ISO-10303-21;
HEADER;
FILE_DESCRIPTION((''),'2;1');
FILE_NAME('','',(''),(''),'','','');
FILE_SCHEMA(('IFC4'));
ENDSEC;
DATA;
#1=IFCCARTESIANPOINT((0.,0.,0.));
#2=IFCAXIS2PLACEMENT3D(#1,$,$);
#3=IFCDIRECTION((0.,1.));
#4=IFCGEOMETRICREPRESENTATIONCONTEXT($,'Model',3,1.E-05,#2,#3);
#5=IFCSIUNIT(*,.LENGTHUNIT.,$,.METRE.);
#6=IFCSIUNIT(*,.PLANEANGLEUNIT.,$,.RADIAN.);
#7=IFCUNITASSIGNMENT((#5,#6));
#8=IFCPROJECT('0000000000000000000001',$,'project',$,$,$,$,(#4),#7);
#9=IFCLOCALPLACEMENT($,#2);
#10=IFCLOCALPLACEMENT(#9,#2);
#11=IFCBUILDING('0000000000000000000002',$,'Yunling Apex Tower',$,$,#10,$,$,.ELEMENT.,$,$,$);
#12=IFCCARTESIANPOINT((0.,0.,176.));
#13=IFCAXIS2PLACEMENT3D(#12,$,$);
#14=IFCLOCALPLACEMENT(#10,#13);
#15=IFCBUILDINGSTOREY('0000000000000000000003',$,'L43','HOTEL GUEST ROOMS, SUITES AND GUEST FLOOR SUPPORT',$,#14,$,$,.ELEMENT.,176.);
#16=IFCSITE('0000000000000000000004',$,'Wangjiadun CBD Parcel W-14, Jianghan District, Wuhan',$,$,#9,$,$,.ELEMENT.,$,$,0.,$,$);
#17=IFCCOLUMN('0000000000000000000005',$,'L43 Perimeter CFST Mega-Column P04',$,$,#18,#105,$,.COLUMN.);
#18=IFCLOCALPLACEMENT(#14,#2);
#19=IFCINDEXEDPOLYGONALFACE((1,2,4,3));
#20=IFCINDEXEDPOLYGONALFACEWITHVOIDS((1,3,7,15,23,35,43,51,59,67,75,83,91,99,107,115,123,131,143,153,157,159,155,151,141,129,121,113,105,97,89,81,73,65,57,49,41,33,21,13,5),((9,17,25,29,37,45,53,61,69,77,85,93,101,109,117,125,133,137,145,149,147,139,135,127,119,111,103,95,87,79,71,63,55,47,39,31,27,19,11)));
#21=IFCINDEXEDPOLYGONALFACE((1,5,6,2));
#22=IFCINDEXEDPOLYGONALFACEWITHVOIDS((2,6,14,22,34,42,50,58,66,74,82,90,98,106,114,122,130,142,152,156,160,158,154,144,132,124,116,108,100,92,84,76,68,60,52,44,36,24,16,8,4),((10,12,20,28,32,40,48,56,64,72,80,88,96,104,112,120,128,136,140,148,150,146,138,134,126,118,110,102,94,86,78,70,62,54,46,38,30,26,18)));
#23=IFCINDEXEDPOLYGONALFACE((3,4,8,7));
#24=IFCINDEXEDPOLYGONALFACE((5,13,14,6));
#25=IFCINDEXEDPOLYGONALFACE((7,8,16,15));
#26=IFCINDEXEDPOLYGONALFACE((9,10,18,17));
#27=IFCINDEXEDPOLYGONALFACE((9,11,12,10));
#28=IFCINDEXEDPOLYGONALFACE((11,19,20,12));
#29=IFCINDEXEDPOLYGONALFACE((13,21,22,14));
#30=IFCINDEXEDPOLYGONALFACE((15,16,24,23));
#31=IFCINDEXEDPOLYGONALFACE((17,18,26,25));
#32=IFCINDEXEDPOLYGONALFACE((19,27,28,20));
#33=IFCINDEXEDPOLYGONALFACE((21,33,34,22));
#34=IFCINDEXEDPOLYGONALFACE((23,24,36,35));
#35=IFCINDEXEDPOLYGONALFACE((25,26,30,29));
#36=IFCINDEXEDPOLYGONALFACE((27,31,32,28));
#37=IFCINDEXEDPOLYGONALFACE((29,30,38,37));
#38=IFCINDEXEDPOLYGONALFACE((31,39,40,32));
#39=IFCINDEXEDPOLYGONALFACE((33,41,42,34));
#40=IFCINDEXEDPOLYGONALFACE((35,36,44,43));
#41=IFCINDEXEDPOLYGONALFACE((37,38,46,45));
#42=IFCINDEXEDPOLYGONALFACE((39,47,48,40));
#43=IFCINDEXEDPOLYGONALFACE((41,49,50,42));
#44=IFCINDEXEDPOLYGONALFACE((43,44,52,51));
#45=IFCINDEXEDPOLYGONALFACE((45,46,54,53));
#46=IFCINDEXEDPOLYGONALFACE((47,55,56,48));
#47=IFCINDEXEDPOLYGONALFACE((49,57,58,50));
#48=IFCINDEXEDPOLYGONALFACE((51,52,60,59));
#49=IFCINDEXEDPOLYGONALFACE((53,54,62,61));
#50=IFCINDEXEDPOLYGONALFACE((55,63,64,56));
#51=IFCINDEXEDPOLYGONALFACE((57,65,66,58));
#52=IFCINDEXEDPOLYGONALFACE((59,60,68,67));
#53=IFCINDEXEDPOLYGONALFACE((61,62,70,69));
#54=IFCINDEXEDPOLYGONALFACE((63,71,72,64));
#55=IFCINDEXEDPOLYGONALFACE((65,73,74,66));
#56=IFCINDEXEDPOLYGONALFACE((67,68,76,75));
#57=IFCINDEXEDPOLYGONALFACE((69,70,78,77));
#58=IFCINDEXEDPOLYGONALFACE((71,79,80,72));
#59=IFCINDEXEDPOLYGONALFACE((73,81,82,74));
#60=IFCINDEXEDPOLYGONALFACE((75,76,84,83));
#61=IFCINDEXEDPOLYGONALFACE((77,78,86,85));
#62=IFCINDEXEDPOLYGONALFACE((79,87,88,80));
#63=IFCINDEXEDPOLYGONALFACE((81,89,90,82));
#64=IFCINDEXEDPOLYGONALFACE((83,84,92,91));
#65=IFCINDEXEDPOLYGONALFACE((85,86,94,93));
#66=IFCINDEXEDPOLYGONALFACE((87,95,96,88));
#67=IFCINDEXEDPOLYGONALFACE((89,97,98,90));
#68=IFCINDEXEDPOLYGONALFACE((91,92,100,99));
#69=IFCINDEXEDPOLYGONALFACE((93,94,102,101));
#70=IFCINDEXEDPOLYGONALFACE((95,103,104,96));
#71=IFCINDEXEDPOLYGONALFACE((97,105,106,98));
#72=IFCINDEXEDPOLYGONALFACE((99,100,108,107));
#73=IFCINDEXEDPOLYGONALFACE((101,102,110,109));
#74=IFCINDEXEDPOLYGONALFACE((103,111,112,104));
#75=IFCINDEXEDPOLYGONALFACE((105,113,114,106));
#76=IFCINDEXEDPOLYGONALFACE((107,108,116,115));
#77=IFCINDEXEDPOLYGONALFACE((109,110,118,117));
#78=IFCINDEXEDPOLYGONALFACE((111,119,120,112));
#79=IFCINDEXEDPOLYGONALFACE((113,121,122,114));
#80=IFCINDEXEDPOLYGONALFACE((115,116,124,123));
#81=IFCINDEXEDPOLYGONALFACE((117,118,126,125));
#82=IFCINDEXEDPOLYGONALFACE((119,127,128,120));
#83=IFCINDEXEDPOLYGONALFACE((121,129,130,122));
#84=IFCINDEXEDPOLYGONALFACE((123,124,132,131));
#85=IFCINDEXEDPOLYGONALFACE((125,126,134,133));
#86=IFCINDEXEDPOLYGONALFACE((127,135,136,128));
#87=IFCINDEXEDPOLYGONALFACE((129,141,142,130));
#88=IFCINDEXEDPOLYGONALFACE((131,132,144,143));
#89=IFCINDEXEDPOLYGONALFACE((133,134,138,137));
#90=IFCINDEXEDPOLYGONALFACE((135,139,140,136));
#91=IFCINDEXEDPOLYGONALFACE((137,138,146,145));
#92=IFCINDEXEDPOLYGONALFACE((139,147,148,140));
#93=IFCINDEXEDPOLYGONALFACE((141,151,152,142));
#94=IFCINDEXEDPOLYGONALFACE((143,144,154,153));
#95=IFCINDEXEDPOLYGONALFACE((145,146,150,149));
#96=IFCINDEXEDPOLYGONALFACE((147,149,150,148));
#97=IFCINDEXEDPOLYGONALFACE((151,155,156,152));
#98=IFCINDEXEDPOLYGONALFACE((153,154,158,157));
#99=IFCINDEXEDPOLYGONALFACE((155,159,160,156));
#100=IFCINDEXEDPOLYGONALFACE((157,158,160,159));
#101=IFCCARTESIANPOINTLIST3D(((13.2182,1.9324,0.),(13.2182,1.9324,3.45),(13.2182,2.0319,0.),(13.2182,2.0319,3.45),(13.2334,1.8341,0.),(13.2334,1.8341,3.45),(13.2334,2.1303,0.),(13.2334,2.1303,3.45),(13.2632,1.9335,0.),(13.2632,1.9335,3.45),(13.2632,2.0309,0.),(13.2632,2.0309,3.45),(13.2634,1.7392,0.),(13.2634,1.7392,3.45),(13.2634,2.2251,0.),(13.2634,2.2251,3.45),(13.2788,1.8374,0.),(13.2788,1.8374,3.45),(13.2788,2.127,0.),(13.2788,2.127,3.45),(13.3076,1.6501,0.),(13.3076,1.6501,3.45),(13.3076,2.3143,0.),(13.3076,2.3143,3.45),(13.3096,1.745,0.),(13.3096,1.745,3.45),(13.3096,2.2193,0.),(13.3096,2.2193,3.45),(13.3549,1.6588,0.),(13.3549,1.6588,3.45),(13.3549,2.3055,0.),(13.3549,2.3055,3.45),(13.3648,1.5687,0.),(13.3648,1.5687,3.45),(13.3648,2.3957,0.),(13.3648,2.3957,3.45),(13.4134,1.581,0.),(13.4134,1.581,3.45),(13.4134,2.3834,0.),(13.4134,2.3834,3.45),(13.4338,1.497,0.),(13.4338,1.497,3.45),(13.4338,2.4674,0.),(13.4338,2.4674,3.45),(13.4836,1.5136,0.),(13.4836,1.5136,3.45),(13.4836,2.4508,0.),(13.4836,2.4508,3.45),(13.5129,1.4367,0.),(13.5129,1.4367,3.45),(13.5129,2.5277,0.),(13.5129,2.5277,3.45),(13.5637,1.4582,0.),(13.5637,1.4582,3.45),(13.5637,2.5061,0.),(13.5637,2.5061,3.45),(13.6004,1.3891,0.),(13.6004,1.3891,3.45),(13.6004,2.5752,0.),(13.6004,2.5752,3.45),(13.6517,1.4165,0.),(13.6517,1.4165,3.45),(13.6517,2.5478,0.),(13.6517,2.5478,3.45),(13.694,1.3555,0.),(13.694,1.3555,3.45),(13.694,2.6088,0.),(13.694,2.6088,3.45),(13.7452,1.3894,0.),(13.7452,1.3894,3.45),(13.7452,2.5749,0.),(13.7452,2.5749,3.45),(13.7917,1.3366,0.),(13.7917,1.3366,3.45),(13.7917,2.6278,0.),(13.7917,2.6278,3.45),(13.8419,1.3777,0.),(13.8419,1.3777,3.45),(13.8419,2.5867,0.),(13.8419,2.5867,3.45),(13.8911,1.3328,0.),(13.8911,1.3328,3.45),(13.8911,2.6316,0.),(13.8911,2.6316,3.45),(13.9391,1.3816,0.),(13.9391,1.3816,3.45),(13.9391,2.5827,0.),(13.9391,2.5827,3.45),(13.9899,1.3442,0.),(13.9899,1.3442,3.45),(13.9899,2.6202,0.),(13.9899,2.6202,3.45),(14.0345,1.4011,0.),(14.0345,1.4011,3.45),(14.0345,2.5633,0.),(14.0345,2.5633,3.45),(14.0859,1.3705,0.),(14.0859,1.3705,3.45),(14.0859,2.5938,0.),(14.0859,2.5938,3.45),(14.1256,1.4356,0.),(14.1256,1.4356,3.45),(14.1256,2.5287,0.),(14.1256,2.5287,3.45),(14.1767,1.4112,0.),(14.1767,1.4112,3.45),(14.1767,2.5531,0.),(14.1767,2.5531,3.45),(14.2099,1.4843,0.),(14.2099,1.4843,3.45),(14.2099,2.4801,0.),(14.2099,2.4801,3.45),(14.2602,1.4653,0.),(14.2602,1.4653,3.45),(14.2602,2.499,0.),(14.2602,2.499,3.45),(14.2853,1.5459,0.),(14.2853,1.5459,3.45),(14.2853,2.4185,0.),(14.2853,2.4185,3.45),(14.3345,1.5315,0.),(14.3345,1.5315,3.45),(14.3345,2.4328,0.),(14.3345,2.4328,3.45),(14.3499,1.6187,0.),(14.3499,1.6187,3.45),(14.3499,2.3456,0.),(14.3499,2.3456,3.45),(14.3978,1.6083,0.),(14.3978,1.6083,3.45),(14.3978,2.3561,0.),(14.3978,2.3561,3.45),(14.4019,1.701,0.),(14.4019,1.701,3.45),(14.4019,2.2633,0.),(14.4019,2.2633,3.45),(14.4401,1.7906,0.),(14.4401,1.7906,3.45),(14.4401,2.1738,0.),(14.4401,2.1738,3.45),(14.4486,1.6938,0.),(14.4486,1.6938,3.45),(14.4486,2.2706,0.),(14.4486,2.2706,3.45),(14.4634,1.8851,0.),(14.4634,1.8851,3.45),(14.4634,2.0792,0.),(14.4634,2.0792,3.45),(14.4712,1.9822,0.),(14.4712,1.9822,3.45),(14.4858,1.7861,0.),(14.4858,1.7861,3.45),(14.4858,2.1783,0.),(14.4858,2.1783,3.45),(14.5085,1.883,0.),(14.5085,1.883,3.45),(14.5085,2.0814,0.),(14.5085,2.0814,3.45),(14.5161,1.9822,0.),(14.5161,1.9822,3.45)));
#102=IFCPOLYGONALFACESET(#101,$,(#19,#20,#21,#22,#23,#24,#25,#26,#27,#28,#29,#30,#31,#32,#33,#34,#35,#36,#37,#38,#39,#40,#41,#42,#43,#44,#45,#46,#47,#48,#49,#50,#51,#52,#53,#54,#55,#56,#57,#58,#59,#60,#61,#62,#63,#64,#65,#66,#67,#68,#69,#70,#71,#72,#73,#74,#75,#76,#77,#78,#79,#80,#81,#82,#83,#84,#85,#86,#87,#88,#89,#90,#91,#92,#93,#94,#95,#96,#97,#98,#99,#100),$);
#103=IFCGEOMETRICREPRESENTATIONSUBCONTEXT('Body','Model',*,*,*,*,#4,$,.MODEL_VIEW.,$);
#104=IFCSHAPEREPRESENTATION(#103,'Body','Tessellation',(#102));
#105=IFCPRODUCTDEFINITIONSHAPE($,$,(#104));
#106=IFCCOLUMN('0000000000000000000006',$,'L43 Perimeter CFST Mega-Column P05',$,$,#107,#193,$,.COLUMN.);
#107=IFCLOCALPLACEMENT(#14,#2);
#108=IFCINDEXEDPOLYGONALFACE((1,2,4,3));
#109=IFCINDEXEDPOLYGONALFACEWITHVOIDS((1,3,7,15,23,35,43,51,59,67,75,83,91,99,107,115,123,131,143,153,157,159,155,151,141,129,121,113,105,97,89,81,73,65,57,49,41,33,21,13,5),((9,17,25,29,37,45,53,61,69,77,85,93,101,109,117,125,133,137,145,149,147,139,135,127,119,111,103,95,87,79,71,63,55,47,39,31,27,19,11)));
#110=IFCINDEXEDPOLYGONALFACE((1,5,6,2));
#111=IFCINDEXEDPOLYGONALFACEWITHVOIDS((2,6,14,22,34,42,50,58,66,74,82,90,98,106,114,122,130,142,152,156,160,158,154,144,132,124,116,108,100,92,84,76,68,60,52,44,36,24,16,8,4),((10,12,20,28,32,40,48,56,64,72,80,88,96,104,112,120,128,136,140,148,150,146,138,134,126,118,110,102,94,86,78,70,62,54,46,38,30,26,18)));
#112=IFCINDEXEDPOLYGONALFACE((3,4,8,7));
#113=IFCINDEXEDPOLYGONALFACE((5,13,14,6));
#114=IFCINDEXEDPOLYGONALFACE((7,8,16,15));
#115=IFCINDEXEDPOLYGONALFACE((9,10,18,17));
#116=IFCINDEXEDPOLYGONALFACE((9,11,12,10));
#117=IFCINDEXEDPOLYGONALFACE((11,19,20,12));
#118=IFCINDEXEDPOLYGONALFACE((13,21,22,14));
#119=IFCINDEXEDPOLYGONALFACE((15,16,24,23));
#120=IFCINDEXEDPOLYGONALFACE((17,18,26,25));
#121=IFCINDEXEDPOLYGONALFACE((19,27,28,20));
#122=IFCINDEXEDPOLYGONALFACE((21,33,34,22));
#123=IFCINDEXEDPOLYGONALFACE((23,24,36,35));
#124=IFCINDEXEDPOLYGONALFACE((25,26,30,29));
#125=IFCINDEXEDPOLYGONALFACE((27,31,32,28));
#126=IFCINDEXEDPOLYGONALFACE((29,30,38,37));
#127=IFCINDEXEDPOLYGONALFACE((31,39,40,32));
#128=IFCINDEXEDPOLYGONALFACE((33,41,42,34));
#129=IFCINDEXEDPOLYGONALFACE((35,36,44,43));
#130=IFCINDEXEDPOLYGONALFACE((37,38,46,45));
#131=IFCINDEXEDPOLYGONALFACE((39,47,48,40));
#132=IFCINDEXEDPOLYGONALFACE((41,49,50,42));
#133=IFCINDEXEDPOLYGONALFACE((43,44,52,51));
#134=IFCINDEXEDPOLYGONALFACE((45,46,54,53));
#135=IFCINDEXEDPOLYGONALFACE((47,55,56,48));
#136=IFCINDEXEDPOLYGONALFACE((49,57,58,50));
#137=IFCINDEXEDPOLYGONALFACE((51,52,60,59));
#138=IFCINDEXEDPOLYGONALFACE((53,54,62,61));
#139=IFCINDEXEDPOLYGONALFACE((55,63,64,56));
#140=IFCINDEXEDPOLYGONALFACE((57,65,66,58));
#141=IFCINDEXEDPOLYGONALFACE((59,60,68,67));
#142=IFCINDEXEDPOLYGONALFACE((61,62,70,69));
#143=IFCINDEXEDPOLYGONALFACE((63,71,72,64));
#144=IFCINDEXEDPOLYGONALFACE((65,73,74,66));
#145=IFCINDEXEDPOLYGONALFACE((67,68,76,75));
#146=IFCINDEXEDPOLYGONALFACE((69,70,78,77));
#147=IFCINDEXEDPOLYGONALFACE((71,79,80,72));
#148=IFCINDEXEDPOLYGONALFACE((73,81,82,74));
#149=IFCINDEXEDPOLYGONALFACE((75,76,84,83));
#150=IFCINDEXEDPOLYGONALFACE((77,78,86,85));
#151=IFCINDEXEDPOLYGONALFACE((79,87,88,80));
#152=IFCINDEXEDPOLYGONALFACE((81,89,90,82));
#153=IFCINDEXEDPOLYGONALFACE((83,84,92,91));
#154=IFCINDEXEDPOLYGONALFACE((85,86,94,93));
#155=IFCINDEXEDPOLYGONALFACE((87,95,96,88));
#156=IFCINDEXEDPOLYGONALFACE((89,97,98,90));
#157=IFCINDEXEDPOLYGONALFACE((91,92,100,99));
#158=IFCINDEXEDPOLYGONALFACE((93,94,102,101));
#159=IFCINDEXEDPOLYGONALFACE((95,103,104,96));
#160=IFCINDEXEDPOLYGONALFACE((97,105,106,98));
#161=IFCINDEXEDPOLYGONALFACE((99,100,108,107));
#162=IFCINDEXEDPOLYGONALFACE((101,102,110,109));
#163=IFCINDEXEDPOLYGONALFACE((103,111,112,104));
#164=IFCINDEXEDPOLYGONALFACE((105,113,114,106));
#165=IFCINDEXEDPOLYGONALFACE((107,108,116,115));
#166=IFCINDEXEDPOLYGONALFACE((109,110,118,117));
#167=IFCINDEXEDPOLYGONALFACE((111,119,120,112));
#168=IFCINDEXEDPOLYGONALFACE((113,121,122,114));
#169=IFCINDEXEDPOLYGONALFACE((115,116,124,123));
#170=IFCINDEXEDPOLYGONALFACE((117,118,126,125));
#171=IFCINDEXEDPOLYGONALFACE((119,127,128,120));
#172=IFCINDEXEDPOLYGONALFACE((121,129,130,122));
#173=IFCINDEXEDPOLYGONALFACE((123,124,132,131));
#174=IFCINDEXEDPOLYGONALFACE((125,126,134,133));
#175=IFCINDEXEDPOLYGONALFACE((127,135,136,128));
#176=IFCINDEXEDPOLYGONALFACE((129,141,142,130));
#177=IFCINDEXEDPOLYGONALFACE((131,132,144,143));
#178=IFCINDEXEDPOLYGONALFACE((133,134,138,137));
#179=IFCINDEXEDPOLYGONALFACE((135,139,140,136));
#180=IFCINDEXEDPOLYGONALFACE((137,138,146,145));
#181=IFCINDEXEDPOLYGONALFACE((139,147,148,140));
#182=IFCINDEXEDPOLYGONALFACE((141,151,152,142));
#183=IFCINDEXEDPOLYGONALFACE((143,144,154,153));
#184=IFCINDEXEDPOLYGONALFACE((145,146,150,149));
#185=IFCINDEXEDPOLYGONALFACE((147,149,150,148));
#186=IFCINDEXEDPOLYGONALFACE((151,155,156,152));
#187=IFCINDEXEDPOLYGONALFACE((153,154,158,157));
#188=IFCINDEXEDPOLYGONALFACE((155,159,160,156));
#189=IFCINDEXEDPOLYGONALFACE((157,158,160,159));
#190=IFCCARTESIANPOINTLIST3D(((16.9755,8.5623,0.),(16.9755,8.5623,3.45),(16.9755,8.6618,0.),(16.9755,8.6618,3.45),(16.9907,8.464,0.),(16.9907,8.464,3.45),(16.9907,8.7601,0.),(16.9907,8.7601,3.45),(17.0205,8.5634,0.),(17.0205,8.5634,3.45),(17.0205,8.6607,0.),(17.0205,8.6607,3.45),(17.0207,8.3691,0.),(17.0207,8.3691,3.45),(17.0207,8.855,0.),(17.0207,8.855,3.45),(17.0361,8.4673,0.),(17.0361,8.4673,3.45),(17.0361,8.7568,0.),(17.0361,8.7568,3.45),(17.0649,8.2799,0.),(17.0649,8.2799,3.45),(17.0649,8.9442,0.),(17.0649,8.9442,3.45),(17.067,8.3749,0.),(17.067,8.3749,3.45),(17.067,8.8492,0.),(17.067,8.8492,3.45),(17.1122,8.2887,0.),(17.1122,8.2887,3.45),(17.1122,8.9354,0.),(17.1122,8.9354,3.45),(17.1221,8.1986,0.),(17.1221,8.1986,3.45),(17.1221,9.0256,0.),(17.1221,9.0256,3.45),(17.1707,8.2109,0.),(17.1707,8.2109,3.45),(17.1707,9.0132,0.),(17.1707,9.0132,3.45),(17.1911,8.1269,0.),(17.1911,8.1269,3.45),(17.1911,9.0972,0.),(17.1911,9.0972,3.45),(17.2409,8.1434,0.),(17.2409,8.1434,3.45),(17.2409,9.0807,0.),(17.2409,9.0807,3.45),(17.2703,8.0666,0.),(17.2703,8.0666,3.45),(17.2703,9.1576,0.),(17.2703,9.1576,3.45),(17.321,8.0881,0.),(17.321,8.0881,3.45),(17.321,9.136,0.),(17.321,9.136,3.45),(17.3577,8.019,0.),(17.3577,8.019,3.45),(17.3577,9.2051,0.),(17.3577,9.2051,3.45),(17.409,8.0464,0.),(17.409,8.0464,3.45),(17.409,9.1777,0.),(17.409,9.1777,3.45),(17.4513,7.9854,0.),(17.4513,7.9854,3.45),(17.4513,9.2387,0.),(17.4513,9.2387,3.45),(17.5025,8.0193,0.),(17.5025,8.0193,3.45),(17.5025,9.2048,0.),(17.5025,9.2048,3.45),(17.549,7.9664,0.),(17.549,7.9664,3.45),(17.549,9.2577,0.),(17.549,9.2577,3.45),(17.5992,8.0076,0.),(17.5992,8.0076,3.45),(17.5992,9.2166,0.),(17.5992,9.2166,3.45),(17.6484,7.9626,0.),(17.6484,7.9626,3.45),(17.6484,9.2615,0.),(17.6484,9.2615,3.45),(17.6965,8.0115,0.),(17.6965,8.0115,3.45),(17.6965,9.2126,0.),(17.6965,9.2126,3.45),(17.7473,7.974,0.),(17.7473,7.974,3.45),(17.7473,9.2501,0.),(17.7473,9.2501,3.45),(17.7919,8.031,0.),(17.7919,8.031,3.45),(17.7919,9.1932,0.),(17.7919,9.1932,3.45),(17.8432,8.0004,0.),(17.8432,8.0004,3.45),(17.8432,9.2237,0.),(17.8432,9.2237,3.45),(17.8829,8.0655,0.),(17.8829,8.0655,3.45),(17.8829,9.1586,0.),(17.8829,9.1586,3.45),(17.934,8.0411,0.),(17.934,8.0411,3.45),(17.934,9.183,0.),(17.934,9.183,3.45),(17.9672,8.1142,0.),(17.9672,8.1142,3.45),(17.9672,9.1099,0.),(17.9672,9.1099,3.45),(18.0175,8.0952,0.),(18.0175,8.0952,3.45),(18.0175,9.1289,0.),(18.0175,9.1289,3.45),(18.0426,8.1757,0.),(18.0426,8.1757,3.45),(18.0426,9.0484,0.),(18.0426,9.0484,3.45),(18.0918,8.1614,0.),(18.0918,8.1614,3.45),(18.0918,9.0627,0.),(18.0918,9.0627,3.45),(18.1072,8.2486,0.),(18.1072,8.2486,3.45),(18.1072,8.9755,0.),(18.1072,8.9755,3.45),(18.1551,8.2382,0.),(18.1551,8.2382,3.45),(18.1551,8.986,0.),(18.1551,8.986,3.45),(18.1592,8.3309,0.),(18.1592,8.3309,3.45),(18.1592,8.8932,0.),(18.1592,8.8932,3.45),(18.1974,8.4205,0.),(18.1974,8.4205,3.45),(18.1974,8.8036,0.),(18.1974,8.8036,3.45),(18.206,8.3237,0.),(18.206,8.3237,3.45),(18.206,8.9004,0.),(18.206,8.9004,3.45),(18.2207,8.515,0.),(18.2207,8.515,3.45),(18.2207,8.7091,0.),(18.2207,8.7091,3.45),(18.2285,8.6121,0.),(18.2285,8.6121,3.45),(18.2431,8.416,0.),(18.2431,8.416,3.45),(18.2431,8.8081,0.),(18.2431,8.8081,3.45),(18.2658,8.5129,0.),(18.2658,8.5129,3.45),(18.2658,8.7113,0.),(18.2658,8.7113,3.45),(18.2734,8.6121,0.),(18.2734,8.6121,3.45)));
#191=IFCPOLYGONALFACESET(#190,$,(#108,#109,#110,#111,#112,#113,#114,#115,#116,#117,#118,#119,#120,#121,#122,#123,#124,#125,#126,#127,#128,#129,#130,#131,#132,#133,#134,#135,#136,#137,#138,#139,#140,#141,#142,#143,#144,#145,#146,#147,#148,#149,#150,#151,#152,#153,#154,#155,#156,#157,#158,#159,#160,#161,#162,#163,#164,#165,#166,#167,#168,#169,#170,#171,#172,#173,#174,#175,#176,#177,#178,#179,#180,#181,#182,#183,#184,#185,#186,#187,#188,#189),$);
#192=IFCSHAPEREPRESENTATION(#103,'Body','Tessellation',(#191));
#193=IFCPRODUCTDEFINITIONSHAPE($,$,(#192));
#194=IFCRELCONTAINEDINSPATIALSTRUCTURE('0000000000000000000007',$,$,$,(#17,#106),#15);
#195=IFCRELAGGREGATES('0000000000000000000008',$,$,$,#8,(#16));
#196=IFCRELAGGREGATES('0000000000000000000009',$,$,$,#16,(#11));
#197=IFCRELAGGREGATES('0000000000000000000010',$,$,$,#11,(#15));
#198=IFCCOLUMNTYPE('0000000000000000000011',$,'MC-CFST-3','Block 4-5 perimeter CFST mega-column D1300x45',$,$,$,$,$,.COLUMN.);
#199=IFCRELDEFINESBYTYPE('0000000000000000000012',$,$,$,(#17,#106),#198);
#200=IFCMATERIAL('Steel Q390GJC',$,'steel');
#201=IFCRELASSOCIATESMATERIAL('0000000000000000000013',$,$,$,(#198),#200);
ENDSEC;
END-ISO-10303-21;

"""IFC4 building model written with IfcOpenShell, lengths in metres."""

from ifc_helpers import new_model, si_unit, direction, frame, origin, origin_2d, place, context, subcontext, project, spatial, hollow_circle, extrude, source, transform, mapped, material, material_profile, profile_set, type_object, element, save


model = new_model("IFC4")

# Units and contexts
model_context = context("Model", 3, precision=1e-05, world=origin(), true_north=direction((0.0, 1.0)))
body_context = subcontext(model_context, "Body", "Model", "MODEL_VIEW")
ifc_project = project(units=[si_unit("LENGTHUNIT", "METRE"), si_unit("PLANEANGLEUNIT", "RADIAN")], contexts=[model_context])

# Site, building, storey
site_placement = place(None, origin())
site = spatial("IfcSite", under=ifc_project, at=site_placement, Name="Wangjiadun CBD Parcel W-14, Jianghan District, Wuhan", CompositionType="ELEMENT", RefElevation=0.0)
building_placement = place(site_placement, origin())
building = spatial("IfcBuilding", under=site, at=building_placement, Name="Yunling Apex Tower", CompositionType="ELEMENT")
storey_placement = place(building_placement, frame((0.0, 0.0, 176.0)))
storey = spatial("IfcBuildingStorey", under=building, at=storey_placement, Name="L43", Description="HOTEL GUEST ROOMS, SUITES AND GUEST FLOOR SUPPORT", CompositionType="ELEMENT", Elevation=176.0)

# Columns
ifc_material_1 = material(Name="Steel Q390GJC", Category="steel")
ifc_material_profile_1 = material_profile(ifc_material_1, hollow_circle(Radius=0.6499, WallThickness=0.0449, at=origin_2d()))
ifc_profile_set_1 = profile_set([ifc_material_profile_1], Name="Steel Q390GJC")
column_type = type_object("IfcColumnType", Name="MC-CFST-3", Description="Block 4-5 perimeter CFST mega-column D1300x45", PredefinedType="COLUMN", material=ifc_profile_set_1)
shared_shape_1 = source(origin(), body_context, "Body", "SweptSolid", [
    extrude(hollow_circle(Radius=0.6499, WallThickness=0.0449, at=origin_2d()), origin(), (0.0, 0.0, 1.0), 3.45),
])
for number, where, z_axis, x_axis, name in (
    (1, (13.8662, 1.9822, 0.0), (0.0, 0.0, 1.0), (1.0, 0.0, 0.0), "L43 Perimeter CFST Mega-Column P04"),
    (2, (17.6235, 8.6121, 0.0), (0.0, 0.0, 1.0), (1.0, 0.0, 0.0), "L43 Perimeter CFST Mega-Column P05"),
):
    element("IfcColumn", number, at=place(storey_placement, frame(where, z_axis=z_axis, x_axis=x_axis)), inside=storey, type_object=column_type, Name=name, PredefinedType="COLUMN", context=body_context, shape_type="MappedRepresentation", body=[
        mapped(shared_shape_1, transform((0.0, 0.0, 0.0), scale=1.0)),
    ])

save(model, "model.ifc")
